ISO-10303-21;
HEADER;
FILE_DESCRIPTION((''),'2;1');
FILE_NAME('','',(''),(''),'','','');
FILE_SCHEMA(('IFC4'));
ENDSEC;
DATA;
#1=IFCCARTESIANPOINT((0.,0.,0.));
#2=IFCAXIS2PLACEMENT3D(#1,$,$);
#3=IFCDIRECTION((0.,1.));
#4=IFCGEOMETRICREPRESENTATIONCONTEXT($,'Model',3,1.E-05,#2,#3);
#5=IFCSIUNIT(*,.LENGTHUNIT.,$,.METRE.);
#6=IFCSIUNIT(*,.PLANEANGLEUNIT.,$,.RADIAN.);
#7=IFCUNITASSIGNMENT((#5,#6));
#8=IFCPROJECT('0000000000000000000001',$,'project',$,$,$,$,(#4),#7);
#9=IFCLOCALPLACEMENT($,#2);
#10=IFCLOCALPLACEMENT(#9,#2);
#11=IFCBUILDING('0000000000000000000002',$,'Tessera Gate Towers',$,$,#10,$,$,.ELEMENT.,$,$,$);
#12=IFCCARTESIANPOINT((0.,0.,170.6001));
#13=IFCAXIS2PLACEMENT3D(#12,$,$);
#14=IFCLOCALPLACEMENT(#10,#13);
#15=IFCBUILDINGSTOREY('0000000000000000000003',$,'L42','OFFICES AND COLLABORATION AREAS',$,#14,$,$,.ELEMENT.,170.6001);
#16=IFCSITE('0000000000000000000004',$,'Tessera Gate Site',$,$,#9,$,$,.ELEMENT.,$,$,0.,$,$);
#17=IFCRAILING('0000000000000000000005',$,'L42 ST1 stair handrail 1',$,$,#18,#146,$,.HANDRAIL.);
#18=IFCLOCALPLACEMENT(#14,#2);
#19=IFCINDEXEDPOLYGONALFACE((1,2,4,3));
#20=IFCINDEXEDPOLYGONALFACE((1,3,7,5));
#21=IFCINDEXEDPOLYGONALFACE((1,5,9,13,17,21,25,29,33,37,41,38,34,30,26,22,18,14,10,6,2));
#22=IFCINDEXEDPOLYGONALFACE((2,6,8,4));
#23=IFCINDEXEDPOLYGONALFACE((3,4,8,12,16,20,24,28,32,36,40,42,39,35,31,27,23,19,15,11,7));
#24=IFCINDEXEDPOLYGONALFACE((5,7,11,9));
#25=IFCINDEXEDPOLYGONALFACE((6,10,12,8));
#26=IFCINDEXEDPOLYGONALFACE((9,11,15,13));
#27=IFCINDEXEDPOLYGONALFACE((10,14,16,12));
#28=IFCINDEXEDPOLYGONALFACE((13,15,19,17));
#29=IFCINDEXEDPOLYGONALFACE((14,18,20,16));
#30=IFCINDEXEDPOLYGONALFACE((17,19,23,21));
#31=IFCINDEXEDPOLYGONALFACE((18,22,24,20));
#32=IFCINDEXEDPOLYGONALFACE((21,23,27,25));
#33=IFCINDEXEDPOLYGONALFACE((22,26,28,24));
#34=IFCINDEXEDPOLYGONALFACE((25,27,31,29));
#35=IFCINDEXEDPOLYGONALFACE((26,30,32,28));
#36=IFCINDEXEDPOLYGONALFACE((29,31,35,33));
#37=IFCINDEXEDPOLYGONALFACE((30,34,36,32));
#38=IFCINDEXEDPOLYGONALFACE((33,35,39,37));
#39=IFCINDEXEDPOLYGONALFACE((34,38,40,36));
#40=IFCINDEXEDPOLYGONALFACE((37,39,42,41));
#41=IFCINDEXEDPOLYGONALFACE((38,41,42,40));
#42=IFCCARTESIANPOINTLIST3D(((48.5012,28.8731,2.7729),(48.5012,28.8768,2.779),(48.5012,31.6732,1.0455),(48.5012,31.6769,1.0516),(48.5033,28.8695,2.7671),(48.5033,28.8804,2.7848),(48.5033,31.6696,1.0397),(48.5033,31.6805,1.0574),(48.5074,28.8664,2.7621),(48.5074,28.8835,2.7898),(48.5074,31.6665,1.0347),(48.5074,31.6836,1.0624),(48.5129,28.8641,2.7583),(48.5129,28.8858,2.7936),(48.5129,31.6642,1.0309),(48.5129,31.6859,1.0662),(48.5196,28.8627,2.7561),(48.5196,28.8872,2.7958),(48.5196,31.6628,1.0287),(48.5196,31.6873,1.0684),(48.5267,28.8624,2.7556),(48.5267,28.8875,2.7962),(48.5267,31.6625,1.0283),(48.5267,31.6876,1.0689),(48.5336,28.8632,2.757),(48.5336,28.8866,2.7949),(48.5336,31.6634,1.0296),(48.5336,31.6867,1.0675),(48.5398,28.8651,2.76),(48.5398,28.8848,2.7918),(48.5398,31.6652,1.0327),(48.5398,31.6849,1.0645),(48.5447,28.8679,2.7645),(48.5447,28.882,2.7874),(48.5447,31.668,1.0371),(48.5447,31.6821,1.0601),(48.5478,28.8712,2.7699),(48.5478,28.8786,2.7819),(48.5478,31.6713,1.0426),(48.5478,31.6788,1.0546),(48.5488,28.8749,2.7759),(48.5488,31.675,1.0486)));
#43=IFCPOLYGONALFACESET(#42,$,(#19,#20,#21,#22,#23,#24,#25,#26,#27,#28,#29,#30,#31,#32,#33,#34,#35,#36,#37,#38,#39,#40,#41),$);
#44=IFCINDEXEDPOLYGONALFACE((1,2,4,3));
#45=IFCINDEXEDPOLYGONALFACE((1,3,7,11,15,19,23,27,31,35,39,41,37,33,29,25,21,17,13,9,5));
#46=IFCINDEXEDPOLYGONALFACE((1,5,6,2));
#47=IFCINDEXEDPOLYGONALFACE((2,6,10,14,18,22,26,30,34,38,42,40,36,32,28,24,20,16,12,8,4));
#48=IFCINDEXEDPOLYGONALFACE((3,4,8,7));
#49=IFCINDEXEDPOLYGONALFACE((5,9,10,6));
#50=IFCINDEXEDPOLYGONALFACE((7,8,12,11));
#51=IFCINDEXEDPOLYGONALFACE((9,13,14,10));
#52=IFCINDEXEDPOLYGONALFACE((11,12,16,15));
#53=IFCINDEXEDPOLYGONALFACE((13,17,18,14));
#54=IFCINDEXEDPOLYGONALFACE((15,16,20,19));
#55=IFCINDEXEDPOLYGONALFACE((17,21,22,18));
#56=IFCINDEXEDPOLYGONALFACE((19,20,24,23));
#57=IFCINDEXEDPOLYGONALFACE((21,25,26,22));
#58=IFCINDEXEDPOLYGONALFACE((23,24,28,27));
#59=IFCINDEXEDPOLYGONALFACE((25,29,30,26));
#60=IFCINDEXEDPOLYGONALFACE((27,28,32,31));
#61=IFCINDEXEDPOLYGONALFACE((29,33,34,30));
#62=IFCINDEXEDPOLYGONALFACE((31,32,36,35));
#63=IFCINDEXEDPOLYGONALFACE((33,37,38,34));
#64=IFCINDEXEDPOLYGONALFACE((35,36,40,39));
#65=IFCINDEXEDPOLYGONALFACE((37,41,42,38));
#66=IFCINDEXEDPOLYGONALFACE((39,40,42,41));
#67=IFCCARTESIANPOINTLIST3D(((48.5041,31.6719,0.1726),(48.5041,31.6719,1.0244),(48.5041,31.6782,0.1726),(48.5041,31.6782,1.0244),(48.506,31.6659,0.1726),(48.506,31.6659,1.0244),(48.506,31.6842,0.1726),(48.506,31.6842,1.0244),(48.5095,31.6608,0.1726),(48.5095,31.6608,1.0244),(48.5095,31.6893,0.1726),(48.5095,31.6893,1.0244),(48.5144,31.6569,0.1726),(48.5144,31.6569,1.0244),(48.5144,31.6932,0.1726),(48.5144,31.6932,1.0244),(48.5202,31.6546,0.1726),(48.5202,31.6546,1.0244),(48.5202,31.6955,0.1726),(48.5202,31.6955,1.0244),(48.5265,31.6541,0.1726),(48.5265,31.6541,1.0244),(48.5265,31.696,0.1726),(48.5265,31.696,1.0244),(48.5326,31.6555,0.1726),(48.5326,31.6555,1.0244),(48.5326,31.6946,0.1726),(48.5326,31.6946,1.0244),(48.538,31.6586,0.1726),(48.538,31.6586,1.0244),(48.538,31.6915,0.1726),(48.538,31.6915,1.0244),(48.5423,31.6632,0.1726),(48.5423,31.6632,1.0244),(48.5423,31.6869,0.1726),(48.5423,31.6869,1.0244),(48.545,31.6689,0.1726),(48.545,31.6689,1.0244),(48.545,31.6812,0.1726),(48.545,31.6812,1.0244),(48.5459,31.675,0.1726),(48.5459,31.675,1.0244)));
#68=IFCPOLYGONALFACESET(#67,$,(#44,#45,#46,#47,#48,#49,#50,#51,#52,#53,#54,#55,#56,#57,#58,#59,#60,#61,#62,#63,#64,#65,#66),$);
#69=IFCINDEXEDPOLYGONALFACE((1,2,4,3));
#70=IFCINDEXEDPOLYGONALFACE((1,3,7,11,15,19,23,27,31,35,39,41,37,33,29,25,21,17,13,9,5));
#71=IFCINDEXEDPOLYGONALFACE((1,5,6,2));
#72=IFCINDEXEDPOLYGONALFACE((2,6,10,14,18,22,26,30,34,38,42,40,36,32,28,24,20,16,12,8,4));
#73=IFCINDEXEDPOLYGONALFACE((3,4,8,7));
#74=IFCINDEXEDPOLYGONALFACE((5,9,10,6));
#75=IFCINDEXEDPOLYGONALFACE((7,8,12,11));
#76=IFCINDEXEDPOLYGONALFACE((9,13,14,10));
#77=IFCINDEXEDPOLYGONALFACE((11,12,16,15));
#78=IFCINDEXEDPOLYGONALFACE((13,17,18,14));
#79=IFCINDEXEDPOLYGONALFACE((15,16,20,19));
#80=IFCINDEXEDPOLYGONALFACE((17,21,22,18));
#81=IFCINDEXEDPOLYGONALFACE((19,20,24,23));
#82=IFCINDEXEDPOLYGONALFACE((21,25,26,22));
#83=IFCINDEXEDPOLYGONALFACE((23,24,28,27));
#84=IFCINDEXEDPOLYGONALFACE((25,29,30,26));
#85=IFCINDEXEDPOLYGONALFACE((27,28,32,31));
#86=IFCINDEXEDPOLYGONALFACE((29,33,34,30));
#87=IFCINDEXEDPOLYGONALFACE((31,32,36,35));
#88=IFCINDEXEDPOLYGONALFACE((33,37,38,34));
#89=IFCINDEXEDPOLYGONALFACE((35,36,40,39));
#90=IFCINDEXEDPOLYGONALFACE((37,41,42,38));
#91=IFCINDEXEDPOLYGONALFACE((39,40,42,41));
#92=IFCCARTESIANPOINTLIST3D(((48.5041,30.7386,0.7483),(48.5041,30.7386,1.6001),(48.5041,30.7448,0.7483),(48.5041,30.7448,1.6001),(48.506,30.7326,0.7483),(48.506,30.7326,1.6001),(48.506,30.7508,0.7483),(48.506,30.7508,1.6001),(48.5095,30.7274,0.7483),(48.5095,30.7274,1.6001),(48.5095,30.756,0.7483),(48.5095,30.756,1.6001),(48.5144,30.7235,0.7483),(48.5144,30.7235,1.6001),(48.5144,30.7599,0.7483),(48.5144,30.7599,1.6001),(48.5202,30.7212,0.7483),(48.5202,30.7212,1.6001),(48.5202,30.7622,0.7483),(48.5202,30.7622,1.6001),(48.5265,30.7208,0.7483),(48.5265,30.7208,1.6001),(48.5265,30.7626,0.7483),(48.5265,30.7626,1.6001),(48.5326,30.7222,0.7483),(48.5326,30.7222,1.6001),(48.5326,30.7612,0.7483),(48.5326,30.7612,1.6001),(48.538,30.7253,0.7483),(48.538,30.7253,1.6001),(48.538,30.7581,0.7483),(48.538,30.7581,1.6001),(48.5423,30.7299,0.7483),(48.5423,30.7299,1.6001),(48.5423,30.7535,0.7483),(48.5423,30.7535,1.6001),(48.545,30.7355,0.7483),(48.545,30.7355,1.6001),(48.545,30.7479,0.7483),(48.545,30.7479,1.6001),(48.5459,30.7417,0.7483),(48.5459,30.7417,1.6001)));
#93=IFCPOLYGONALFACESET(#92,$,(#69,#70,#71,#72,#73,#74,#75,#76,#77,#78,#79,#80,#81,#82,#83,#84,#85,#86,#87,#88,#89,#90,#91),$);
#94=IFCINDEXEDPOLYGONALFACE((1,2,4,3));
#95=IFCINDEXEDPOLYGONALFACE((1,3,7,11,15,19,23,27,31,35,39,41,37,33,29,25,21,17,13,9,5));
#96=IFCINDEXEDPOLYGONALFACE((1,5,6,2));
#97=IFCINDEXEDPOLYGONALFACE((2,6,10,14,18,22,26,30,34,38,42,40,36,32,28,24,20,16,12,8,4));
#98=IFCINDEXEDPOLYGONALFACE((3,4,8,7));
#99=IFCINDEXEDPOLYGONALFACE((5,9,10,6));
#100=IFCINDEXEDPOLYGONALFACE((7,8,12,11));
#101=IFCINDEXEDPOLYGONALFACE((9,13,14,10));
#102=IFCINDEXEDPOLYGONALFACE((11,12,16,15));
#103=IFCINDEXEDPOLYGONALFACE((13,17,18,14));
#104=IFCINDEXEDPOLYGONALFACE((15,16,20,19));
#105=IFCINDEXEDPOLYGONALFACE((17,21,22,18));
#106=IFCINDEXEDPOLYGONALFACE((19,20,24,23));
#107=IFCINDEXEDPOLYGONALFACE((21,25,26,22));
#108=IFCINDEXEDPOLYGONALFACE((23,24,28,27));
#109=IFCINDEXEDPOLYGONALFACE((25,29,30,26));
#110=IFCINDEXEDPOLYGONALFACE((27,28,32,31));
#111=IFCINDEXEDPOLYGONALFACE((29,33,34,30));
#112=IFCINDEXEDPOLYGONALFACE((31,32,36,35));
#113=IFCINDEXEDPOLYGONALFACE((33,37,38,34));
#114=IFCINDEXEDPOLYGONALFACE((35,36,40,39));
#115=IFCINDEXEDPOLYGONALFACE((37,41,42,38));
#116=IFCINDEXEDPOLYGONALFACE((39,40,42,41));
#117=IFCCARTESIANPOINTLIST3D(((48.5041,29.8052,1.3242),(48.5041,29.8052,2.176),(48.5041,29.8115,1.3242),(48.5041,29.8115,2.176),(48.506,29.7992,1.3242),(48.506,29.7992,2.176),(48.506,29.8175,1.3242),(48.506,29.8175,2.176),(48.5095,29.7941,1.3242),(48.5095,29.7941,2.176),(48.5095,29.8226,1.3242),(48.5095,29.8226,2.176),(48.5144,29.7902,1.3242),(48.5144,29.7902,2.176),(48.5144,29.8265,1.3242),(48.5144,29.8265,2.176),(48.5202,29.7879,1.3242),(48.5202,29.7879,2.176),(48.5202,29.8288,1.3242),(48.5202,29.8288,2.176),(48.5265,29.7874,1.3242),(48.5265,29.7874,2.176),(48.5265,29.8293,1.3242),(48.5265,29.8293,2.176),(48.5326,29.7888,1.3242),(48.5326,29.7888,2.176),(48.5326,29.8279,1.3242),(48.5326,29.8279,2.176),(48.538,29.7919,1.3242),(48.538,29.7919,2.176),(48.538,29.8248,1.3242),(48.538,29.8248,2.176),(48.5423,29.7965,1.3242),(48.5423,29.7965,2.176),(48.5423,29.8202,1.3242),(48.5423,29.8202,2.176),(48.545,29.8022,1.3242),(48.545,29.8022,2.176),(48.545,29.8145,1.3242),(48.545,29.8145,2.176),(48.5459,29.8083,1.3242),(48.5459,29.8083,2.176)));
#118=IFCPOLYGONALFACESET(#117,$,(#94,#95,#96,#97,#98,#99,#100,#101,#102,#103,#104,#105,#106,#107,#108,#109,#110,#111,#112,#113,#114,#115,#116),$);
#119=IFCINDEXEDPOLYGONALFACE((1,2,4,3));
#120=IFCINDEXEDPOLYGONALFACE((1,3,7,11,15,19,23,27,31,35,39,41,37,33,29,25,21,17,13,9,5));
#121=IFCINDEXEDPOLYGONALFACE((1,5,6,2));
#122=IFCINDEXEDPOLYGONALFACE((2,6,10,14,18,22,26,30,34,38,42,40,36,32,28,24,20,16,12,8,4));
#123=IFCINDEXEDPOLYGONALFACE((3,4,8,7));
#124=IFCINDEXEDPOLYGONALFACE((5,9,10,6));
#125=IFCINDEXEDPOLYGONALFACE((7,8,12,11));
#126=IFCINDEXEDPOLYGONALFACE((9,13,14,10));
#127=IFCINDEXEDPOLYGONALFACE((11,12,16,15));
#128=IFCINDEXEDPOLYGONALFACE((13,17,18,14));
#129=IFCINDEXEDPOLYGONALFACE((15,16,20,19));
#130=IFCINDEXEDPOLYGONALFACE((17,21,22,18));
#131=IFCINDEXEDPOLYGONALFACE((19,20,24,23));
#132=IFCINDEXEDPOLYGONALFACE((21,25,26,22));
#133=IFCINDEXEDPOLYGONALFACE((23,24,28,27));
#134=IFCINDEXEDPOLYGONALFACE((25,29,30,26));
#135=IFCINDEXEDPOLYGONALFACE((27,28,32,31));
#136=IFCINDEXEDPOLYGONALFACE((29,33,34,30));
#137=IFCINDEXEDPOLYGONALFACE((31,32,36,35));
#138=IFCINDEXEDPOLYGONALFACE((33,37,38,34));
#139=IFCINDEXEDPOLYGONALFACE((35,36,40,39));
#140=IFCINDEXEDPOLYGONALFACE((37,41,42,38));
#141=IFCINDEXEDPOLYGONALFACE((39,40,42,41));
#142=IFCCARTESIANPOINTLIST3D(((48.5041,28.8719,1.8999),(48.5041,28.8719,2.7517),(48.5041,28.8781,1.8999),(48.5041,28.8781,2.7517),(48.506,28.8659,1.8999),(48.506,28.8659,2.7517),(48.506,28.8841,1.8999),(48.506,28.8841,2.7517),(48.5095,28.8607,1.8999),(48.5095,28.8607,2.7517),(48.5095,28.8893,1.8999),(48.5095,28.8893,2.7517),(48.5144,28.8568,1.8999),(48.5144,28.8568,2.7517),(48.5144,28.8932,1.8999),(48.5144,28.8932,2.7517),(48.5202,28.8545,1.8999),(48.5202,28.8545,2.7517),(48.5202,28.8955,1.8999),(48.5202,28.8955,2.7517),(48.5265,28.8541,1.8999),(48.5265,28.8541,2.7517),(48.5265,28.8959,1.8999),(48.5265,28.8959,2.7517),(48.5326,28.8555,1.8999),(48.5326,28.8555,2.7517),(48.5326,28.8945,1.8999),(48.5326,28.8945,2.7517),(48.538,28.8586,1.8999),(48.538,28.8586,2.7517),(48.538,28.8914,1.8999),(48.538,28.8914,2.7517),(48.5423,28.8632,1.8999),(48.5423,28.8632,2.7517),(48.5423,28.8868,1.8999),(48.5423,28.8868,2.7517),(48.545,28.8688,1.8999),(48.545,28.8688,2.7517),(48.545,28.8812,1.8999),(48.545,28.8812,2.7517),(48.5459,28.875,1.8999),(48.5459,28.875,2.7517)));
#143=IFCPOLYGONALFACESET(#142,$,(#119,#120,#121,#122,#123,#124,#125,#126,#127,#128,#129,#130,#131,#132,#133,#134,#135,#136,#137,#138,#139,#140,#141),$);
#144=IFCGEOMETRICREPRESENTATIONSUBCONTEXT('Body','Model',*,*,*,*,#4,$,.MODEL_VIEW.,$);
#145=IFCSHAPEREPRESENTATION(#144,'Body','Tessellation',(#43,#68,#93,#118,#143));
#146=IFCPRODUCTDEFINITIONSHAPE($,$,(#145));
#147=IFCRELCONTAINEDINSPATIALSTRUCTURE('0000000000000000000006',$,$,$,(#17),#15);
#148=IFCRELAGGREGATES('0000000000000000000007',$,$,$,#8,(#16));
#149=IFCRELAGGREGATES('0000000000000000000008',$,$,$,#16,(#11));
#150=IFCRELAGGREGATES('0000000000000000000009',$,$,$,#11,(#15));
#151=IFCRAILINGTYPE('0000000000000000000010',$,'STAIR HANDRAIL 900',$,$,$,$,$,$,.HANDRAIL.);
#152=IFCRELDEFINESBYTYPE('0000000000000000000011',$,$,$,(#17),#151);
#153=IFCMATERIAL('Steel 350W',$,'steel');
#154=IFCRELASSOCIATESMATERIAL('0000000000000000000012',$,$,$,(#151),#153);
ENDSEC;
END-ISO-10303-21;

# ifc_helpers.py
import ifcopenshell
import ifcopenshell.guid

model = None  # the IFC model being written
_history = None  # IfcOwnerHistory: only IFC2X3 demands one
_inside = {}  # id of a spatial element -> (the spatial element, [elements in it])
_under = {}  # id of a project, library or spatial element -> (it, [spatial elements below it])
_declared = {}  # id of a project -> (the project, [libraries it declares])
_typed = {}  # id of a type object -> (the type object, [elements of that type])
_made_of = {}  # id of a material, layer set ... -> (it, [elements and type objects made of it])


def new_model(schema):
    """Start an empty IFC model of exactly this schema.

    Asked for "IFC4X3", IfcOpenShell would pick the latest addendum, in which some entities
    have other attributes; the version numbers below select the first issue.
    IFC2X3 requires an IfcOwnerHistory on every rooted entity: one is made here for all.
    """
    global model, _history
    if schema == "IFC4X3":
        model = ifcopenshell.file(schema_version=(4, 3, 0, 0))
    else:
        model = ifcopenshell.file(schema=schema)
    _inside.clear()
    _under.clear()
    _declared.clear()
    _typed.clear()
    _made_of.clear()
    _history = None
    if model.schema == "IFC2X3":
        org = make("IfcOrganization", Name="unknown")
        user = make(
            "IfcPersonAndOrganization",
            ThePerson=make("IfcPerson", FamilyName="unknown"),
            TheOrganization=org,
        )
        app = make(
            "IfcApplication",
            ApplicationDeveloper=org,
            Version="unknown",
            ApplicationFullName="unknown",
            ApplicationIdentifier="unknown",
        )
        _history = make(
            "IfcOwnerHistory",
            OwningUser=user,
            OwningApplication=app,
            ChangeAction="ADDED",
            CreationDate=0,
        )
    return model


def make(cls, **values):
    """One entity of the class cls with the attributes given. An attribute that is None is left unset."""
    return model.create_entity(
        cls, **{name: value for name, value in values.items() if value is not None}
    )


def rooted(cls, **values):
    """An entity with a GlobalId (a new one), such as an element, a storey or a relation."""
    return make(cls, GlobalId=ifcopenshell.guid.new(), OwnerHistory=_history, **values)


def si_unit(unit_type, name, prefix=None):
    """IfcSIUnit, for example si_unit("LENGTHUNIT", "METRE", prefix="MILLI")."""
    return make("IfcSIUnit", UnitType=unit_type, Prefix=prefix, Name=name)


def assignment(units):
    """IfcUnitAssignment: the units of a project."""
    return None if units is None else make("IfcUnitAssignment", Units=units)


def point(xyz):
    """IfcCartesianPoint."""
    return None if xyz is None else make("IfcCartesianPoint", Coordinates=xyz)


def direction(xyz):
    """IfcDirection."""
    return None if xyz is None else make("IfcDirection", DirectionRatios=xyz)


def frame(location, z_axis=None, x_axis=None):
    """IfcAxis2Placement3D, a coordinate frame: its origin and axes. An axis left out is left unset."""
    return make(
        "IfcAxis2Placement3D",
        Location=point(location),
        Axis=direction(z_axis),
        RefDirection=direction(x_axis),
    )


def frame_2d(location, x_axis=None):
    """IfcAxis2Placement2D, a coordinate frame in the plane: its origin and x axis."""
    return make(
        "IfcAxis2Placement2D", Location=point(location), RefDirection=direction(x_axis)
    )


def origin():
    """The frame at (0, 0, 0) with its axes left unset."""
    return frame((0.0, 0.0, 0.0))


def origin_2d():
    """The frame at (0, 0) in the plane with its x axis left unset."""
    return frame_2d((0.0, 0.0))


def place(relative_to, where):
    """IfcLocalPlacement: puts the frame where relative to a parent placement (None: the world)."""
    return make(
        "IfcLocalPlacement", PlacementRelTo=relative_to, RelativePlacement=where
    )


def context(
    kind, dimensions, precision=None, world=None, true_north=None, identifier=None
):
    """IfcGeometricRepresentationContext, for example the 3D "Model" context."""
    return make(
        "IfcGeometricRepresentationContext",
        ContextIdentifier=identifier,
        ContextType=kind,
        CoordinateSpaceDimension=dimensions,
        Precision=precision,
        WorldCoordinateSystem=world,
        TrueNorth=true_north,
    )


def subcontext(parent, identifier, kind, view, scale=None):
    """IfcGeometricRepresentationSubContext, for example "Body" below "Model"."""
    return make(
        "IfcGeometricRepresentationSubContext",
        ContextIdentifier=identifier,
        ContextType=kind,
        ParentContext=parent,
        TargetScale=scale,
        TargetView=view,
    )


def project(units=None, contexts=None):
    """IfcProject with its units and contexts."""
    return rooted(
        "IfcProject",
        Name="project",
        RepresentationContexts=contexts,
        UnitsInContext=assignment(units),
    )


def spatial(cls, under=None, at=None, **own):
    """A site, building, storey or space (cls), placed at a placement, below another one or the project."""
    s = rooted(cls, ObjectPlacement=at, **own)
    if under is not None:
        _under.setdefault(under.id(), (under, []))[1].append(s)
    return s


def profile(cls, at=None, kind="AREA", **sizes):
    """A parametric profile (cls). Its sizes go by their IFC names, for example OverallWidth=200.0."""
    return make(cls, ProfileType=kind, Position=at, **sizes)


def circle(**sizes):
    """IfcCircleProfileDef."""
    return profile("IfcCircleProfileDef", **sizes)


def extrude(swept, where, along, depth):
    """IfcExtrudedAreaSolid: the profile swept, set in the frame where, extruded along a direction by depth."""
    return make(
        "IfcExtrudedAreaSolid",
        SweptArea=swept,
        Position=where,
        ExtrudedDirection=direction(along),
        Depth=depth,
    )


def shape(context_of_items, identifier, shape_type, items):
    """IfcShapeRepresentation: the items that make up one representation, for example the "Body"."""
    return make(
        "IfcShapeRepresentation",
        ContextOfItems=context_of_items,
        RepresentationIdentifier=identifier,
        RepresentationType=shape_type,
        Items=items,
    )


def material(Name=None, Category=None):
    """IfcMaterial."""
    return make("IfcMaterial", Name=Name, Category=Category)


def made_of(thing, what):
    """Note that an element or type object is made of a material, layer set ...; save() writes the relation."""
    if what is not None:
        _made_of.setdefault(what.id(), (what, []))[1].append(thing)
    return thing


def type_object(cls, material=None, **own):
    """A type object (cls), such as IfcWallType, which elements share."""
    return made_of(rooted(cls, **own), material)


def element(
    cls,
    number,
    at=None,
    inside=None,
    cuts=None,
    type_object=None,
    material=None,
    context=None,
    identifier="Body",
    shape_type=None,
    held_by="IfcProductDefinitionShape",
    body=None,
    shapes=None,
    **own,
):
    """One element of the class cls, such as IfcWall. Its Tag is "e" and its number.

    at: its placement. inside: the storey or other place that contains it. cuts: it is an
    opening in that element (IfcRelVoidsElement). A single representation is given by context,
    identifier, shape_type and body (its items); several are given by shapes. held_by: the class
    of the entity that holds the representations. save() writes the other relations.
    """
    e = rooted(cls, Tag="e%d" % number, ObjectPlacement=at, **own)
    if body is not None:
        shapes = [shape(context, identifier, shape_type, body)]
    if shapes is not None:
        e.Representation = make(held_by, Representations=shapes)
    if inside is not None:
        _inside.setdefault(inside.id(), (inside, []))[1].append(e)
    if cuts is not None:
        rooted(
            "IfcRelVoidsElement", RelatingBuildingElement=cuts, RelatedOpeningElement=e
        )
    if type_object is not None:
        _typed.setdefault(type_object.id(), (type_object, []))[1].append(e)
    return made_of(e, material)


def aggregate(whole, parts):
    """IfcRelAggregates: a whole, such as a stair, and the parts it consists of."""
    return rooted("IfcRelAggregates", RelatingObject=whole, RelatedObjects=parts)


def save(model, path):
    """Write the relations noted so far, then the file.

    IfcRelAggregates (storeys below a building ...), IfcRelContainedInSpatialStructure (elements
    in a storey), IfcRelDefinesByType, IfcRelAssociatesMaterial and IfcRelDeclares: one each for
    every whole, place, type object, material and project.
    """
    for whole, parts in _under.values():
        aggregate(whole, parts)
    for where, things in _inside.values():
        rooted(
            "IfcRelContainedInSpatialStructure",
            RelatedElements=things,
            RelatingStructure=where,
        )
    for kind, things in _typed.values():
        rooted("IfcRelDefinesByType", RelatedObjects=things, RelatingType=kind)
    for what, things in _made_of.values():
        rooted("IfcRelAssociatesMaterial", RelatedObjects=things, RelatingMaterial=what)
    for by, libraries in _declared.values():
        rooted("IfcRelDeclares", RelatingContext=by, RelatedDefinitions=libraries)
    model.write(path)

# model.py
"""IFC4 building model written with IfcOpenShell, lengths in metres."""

from ifc_helpers import new_model, si_unit, direction, frame, origin, origin_2d, place, context, subcontext, project, spatial, circle, extrude, material, type_object, element, save


model = new_model("IFC4")

# Units and contexts
model_context = context("Model", 3, precision=1e-05, world=origin(), true_north=direction((0.0, 1.0)))
body_context = subcontext(model_context, "Body", "Model", "MODEL_VIEW")
ifc_project = project(units=[si_unit("LENGTHUNIT", "METRE"), si_unit("PLANEANGLEUNIT", "RADIAN")], contexts=[model_context])

# Site, building, storey
site_placement = place(None, origin())
site = spatial("IfcSite", under=ifc_project, at=site_placement, Name="Tessera Gate Site", CompositionType="ELEMENT", RefElevation=0.0)
building_placement = place(site_placement, origin())
building = spatial("IfcBuilding", under=site, at=building_placement, Name="Tessera Gate Towers", CompositionType="ELEMENT")
storey_placement = place(building_placement, frame((0.0, 0.0, 170.6001)))
storey = spatial("IfcBuildingStorey", under=building, at=storey_placement, Name="L42", Description="OFFICES AND COLLABORATION AREAS", CompositionType="ELEMENT", Elevation=170.6001)

# Railing
ifc_material_1 = material(Name="Steel 350W", Category="steel")
railing_type_1 = type_object("IfcRailingType", Name="STAIR HANDRAIL 900", PredefinedType="HANDRAIL", material=ifc_material_1)
railing_1_placement = place(storey_placement, frame((48.5249, 31.675, 0.1726)))
element("IfcRailing", 1, at=railing_1_placement, inside=storey, type_object=railing_type_1, Name="L42 ST1 stair handrail 1", PredefinedType="HANDRAIL", context=body_context, shape_type="SweptSolid", body=[
    extrude(circle(Radius=0.0239, at=origin_2d()), frame((0.0, 0.0, 0.876), z_axis=(0.0, -0.85109, 0.52502), x_axis=(1.0, 0.0, 0.0)), (0.0, 0.0, 1.0), 3.29),
    extrude(circle(Radius=0.021, at=origin_2d()), origin(), (0.0, 0.0, 1.0), 0.8518),
    extrude(circle(Radius=0.021, at=origin_2d()), frame((0.0, -0.9333, 0.5757)), (0.0, 0.0, 1.0), 0.8518),
    extrude(circle(Radius=0.021, at=origin_2d()), frame((0.0, -1.8667, 1.1516)), (0.0, 0.0, 1.0), 0.8518),
    extrude(circle(Radius=0.021, at=origin_2d()), frame((0.0, -2.8, 1.7273)), (0.0, 0.0, 1.0), 0.8518),
])

save(model, "model.ifc")
